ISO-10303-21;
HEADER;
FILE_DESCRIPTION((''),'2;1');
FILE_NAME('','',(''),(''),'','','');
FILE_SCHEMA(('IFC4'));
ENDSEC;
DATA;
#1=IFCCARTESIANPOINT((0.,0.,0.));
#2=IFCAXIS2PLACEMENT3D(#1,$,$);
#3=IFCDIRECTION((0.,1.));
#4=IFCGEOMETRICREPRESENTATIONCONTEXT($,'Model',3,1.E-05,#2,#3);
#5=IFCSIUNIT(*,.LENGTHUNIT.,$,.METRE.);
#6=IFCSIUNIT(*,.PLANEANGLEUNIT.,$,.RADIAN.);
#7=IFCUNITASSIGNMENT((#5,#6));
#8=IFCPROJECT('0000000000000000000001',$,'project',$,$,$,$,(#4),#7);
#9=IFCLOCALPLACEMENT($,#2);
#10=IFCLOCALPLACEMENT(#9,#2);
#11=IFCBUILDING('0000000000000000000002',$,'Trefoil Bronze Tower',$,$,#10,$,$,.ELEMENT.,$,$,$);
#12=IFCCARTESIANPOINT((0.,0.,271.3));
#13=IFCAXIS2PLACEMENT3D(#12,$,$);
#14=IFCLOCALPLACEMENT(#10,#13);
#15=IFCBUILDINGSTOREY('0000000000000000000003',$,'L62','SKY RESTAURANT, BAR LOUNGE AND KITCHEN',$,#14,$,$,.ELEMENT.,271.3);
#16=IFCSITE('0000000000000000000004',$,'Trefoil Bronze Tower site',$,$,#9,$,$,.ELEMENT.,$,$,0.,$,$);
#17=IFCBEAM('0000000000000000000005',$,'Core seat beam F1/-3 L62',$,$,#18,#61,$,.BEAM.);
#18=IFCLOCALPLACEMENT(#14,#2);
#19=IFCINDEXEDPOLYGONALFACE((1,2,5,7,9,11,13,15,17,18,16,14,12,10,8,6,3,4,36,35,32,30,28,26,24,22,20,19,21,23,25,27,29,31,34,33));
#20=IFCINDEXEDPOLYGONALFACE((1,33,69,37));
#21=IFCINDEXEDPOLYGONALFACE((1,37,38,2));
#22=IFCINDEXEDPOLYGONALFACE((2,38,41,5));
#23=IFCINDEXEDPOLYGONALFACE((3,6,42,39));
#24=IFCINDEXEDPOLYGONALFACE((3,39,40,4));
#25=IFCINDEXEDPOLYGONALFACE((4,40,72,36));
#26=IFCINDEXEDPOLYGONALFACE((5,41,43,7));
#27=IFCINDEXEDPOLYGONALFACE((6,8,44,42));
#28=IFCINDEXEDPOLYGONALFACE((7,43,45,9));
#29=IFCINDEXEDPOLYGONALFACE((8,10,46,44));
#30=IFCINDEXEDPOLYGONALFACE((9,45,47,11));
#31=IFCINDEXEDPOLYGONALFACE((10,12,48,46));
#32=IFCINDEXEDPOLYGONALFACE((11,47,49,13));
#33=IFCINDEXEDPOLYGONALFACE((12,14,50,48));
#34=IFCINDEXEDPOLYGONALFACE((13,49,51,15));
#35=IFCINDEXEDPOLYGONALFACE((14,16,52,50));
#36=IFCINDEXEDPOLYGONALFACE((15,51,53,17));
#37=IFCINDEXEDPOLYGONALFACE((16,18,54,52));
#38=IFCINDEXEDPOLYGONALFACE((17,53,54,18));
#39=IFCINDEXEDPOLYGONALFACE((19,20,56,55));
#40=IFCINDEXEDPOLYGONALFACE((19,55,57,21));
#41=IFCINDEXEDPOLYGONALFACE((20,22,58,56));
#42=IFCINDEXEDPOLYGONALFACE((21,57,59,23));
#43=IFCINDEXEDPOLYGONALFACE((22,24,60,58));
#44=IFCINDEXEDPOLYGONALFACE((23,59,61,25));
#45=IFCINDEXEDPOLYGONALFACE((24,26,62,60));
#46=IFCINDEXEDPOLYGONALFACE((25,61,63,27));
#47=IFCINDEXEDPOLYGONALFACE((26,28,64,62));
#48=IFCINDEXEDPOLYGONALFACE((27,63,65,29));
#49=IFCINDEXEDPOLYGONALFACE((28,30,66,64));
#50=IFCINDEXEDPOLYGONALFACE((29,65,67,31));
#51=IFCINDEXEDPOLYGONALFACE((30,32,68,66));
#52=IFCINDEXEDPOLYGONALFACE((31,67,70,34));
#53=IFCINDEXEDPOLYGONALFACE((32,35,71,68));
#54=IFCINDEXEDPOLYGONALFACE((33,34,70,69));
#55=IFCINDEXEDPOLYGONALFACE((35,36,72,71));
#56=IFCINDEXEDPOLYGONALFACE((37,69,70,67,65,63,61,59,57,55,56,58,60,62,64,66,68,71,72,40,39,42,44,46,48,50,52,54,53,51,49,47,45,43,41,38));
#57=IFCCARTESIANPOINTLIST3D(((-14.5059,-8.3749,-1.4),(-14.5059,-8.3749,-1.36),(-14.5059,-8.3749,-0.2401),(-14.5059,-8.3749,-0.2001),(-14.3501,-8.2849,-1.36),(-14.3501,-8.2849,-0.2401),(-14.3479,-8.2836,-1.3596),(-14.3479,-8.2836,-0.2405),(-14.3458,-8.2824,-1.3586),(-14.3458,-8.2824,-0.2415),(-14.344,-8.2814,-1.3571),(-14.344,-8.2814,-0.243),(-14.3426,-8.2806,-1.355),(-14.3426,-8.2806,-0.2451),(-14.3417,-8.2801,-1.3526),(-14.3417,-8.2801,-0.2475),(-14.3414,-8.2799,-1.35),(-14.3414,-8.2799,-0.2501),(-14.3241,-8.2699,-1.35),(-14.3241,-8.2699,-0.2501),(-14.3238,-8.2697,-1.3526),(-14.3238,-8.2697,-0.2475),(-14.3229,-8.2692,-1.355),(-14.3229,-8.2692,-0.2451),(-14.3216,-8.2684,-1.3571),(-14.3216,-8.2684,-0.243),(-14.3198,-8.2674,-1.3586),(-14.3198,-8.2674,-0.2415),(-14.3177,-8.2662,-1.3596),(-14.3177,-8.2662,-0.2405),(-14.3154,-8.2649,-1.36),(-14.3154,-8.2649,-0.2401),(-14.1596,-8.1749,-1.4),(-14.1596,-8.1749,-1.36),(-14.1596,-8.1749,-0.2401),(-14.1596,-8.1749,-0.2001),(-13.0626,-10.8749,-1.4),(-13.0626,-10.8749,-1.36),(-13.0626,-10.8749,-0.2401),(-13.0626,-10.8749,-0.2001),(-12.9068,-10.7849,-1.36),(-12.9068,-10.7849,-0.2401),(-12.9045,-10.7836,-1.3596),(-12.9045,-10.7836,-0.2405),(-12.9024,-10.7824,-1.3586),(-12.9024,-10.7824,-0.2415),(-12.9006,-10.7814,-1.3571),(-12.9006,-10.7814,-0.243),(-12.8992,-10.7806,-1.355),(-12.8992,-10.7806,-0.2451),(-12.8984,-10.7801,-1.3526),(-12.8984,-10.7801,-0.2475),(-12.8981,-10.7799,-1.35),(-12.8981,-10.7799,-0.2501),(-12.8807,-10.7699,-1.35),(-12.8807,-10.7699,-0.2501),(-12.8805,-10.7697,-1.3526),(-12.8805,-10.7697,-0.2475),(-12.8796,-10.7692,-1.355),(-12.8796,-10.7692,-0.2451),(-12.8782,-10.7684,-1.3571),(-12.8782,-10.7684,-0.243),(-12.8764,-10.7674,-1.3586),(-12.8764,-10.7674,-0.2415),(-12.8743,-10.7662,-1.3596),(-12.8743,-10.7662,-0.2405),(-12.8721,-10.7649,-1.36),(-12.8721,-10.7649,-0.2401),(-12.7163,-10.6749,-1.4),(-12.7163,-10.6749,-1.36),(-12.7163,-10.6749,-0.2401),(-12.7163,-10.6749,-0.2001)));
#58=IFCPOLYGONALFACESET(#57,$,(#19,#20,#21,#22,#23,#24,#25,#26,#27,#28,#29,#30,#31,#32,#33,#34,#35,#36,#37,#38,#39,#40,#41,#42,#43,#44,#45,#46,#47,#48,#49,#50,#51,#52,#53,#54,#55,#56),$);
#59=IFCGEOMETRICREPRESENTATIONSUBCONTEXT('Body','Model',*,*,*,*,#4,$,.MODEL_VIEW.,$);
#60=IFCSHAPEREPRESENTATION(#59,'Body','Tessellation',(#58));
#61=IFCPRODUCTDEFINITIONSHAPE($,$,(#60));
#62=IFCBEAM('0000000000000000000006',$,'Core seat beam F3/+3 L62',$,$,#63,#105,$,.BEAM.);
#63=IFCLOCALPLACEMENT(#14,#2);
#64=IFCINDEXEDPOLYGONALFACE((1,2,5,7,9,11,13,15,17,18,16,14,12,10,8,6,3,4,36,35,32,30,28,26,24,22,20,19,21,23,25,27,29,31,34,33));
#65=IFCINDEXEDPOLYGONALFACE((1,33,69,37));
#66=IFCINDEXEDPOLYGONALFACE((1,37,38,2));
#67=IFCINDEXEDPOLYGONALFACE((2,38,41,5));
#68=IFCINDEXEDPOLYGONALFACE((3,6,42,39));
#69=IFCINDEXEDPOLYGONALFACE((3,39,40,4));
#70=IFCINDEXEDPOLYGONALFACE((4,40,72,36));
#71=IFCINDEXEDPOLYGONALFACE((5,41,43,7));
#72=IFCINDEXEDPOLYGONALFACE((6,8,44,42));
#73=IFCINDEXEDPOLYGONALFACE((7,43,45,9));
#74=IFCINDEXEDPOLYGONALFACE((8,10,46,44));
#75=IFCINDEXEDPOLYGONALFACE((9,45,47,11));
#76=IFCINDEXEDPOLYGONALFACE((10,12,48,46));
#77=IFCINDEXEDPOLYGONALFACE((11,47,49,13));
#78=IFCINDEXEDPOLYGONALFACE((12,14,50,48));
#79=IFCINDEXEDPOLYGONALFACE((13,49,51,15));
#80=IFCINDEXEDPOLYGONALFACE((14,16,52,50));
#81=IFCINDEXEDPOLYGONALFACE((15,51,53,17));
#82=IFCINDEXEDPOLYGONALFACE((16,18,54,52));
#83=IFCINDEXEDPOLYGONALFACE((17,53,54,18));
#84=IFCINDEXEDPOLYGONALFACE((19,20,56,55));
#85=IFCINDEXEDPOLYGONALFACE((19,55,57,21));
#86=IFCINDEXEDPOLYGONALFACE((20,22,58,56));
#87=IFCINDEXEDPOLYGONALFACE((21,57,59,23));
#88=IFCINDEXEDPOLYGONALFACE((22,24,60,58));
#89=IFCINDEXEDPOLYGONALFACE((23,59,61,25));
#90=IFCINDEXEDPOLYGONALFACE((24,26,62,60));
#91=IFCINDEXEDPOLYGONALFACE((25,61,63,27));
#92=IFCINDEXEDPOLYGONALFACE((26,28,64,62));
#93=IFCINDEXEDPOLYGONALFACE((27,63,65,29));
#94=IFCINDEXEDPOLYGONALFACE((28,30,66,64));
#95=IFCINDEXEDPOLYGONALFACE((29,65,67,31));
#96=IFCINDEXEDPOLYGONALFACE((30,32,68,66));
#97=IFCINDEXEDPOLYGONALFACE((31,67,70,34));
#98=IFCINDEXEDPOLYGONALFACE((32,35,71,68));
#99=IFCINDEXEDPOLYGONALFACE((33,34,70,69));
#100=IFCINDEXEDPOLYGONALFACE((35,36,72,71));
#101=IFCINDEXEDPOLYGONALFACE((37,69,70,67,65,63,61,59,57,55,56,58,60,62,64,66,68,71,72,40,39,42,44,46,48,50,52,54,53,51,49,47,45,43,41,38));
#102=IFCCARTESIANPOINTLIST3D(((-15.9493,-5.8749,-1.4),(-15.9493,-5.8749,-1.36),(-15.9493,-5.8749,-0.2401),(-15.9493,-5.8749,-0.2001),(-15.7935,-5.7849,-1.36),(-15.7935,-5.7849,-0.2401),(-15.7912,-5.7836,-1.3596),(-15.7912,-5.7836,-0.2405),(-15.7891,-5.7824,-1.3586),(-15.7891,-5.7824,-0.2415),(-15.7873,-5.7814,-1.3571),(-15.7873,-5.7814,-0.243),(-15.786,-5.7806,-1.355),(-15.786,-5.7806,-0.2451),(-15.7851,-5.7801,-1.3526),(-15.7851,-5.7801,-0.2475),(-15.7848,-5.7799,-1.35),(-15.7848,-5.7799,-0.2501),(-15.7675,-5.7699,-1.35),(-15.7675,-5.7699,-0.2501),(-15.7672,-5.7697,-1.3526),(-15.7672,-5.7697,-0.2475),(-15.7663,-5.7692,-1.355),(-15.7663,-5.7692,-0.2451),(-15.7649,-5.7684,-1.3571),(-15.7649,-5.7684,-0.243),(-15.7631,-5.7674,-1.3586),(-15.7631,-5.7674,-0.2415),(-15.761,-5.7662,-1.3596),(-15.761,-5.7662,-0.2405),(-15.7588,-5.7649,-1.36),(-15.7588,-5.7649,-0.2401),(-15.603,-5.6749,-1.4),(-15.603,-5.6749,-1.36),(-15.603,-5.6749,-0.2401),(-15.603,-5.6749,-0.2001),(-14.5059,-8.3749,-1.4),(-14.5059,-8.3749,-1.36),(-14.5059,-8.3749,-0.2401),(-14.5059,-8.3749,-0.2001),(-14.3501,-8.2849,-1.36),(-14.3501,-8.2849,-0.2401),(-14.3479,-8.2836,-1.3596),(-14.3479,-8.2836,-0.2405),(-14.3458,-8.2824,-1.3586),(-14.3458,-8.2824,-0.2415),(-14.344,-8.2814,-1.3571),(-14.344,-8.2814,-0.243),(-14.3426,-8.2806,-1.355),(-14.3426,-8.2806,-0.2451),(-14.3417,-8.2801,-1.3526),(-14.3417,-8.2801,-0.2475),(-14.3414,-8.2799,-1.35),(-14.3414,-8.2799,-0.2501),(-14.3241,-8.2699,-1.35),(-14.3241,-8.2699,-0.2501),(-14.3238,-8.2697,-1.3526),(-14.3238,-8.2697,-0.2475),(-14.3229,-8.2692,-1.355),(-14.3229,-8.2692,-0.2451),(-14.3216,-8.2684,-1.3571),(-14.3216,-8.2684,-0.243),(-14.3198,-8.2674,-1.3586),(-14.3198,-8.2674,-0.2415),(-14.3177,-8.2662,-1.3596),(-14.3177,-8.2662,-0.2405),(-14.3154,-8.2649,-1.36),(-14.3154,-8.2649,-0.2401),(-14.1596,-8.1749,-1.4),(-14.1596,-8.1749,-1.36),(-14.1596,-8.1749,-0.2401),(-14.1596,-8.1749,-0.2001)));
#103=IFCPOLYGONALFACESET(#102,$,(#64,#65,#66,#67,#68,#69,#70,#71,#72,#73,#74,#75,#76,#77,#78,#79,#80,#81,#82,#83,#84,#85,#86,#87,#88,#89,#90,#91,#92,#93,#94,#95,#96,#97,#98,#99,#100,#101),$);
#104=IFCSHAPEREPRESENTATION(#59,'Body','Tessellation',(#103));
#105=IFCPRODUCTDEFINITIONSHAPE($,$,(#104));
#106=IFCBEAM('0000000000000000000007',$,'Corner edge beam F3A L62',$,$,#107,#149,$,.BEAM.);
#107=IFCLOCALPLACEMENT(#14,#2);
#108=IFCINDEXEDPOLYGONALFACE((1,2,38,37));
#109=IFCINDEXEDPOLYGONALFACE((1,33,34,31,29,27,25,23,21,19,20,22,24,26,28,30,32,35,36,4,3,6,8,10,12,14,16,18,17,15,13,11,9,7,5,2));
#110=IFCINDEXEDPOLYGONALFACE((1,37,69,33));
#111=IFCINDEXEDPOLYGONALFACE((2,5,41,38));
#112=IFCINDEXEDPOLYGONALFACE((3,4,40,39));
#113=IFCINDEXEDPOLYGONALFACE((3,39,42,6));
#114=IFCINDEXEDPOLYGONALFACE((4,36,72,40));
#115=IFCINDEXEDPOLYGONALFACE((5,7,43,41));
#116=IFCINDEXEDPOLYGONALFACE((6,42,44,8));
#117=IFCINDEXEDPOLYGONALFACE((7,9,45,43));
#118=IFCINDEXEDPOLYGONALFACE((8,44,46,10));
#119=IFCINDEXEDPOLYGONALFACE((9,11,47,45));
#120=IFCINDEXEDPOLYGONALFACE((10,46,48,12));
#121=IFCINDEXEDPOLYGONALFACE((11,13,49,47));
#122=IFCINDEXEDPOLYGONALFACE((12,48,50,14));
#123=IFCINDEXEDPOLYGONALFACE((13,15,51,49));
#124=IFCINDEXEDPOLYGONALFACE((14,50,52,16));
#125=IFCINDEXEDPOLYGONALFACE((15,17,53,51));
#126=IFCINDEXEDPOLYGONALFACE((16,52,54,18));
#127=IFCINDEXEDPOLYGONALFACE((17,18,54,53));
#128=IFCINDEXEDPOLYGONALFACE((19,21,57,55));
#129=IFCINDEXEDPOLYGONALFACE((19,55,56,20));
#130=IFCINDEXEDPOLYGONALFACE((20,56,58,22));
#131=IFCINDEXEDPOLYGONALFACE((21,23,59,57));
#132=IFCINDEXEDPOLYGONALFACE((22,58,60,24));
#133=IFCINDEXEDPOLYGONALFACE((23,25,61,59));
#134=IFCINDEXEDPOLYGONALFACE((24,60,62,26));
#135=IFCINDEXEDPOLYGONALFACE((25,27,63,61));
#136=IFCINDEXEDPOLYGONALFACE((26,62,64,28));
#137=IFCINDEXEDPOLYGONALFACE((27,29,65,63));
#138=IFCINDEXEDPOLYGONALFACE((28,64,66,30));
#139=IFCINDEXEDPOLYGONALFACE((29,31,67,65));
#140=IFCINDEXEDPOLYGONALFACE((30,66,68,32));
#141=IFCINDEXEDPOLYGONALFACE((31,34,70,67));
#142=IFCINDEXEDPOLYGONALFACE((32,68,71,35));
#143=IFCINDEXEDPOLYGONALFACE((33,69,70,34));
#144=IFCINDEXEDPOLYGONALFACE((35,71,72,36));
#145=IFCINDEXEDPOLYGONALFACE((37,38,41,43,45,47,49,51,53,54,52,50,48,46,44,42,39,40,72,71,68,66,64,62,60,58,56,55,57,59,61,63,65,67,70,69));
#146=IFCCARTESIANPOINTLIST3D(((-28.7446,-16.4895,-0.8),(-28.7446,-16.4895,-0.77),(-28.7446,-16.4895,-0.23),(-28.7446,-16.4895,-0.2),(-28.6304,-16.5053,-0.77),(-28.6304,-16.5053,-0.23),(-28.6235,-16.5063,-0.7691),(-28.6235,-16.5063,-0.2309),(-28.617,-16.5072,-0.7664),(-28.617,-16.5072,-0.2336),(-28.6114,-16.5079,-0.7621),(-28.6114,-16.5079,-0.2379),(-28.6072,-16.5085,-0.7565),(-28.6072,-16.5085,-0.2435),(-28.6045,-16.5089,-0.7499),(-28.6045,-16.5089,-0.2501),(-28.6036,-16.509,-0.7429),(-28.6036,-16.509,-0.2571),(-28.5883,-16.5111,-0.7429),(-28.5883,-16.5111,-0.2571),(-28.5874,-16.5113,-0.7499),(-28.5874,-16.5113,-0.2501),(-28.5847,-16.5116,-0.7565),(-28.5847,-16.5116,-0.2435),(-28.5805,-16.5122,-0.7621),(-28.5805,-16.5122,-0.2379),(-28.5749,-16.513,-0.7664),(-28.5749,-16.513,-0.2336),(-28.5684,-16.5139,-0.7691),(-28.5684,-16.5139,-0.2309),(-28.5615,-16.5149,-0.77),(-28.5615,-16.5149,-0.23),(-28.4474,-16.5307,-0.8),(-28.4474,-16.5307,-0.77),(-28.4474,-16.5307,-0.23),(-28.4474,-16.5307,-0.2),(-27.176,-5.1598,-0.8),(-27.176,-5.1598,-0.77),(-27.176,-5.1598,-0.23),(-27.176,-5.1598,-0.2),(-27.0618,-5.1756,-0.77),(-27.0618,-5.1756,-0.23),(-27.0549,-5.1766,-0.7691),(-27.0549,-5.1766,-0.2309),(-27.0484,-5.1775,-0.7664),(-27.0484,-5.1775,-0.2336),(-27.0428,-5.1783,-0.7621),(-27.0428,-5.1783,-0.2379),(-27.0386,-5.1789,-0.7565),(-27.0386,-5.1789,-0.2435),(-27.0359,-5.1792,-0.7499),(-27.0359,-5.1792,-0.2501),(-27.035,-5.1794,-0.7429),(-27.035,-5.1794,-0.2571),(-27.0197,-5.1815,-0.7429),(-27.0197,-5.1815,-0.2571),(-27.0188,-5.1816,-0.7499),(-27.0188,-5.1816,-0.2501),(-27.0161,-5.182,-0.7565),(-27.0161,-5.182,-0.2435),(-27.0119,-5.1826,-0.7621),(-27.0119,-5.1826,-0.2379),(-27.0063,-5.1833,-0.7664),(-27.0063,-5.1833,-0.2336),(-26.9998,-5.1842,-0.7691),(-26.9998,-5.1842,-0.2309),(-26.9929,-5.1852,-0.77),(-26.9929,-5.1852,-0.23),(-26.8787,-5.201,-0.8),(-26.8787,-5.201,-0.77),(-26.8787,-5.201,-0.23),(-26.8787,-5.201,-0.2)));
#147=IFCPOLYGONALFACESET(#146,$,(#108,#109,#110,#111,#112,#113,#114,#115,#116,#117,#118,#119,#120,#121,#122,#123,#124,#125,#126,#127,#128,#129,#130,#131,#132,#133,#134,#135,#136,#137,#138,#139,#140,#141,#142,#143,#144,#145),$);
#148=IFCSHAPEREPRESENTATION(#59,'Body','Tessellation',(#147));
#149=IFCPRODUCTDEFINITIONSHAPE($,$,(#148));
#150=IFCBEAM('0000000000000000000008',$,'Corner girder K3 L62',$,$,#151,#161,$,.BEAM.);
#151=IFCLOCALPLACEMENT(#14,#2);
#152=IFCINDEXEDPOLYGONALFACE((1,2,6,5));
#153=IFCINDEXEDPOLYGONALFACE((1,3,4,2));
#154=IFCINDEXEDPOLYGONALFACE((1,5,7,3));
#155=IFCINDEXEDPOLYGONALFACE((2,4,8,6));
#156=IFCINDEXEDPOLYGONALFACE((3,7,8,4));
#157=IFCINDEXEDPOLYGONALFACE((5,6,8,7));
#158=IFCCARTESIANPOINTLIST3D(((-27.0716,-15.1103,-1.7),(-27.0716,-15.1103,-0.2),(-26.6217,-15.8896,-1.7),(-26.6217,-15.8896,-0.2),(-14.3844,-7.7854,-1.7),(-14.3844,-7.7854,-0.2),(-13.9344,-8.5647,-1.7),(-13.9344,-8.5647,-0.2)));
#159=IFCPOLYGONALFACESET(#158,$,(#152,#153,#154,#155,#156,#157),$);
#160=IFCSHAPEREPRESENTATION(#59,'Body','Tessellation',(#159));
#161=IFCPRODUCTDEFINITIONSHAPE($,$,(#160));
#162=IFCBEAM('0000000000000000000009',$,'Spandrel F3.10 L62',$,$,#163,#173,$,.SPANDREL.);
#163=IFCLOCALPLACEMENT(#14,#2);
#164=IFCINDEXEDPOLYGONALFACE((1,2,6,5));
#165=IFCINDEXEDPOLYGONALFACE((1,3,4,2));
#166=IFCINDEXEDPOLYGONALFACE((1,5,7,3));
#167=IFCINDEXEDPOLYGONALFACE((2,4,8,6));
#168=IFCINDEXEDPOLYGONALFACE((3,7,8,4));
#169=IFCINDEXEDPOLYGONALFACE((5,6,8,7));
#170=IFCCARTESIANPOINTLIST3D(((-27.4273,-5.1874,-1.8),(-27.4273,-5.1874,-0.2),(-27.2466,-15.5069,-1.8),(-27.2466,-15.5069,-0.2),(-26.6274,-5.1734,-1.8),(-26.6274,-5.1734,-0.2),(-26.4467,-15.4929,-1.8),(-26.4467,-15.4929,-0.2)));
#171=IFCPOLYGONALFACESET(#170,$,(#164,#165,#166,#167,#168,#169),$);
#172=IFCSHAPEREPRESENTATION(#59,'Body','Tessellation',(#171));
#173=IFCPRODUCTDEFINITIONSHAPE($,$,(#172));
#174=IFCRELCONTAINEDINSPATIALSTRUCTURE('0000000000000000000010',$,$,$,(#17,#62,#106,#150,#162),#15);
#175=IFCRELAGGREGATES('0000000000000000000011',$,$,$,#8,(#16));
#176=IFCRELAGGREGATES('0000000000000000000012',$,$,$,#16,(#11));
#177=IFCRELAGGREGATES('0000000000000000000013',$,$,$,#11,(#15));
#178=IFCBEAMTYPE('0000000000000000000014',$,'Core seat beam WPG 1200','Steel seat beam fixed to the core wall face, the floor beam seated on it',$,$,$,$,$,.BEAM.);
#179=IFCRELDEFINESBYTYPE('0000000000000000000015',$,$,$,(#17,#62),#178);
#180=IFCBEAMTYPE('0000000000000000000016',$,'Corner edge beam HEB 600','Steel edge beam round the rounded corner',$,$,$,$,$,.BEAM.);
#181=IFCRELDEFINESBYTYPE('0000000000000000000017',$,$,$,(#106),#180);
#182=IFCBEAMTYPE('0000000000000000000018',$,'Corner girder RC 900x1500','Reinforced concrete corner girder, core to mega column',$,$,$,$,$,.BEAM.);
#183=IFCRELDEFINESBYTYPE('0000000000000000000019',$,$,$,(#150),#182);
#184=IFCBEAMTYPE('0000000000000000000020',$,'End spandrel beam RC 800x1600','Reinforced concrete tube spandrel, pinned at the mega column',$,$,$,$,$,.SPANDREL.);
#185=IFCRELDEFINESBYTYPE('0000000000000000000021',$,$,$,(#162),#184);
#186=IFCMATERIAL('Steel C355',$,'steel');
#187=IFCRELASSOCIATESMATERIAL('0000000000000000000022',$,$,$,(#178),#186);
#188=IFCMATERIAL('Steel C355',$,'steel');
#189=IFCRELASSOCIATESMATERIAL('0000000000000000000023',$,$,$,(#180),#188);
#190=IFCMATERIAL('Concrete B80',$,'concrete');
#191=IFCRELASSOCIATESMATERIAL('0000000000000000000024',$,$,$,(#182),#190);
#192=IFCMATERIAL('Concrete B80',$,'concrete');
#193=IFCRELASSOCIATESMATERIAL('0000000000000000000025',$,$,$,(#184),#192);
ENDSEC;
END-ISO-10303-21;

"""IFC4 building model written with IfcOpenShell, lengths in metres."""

from ifc_helpers import new_model, si_unit, direction, frame, origin, origin_2d, place, context, subcontext, project, spatial, rectangle, i_section, extrude, material, material_profile, profile_set, type_object, element, save


model = new_model("IFC4")

# Units and contexts
model_context = context("Model", 3, precision=1e-05, world=origin(), true_north=direction((0.0, 1.0)))
body_context = subcontext(model_context, "Body", "Model", "MODEL_VIEW")
ifc_project = project(units=[si_unit("LENGTHUNIT", "METRE"), si_unit("PLANEANGLEUNIT", "RADIAN")], contexts=[model_context])

# Site, building, storey
site_placement = place(None, origin())
site = spatial("IfcSite", under=ifc_project, at=site_placement, Name="Trefoil Bronze Tower site", CompositionType="ELEMENT", RefElevation=0.0)
building_placement = place(site_placement, origin())
building = spatial("IfcBuilding", under=site, at=building_placement, Name="Trefoil Bronze Tower", CompositionType="ELEMENT")
storey_placement = place(building_placement, frame((0.0, 0.0, 271.3)))
storey = spatial("IfcBuildingStorey", under=building, at=storey_placement, Name="L62", Description="SKY RESTAURANT, BAR LOUNGE AND KITCHEN", CompositionType="ELEMENT", Elevation=271.3)

# Beams
ifc_material_1 = material(Name="Steel C355", Category="steel")
ifc_material_profile_1 = material_profile(ifc_material_1, i_section(OverallWidth=0.3999, OverallDepth=1.2, WebThickness=0.02, FlangeThickness=0.04, FilletRadius=0.01, at=origin_2d()), Name="WPG 1200")
ifc_profile_set_1 = profile_set([ifc_material_profile_1], Name="Steel C355")
beam_type_1 = type_object("IfcBeamType", Name="Core seat beam WPG 1200", Description="Steel seat beam fixed to the core wall face, the floor beam seated on it", PredefinedType="BEAM", material=ifc_profile_set_1)
for number, where, z_axis, x_axis, name in (
    (1, (-14.3328, -8.2749, -0.8), (0.499996, -0.866028, 0.0), (0.866028, 0.499996, 0.0), "Core seat beam F1/-3 L62"),
    (2, (-15.7761, -5.7749, -0.8), (0.499996, -0.866028, 0.0), (0.866028, 0.499996, 0.0), "Core seat beam F3/+3 L62"),
):
    element("IfcBeam", number, at=place(storey_placement, frame(where, z_axis=z_axis, x_axis=x_axis)), inside=storey, type_object=beam_type_1, Name=name, PredefinedType="BEAM", context=body_context, shape_type="SweptSolid", body=[
        extrude(i_section(OverallWidth=0.3999, OverallDepth=1.2, WebThickness=0.02, FlangeThickness=0.04, FilletRadius=0.01, at=origin_2d()), origin(), (0.0, 0.0, 1.0), 2.8867),
    ])
ifc_material_2 = material(Name="Steel C355", Category="steel")
ifc_material_profile_2 = material_profile(ifc_material_2, i_section(OverallWidth=0.3, OverallDepth=0.6001, WebThickness=0.0154, FlangeThickness=0.03, FilletRadius=0.0271, at=origin_2d()), Name="HEB 600")
ifc_profile_set_2 = profile_set([ifc_material_profile_2], Name="Steel C355")
beam_type_2 = type_object("IfcBeamType", Name="Corner edge beam HEB 600", Description="Steel edge beam round the rounded corner", PredefinedType="BEAM", material=ifc_profile_set_2)
beam_1_placement = place(storey_placement, frame((-27.0273, -5.1804, -0.5), z_axis=(-0.137144, -0.990551, 0.0), x_axis=(0.990551, -0.137144, 0.0)))
element("IfcBeam", 3, at=beam_1_placement, inside=storey, type_object=beam_type_2, Name="Corner edge beam F3A L62", PredefinedType="BEAM", context=body_context, shape_type="SweptSolid", body=[
    extrude(i_section(OverallWidth=0.3, OverallDepth=0.6001, WebThickness=0.0154, FlangeThickness=0.03, FilletRadius=0.0271, at=origin_2d()), origin(), (0.0, 0.0, 1.0), 11.4377),
])
ifc_material_3 = material(Name="Concrete B80", Category="concrete")
ifc_material_profile_3 = material_profile(ifc_material_3, rectangle(XDim=0.8999, YDim=1.5, at=origin_2d()), Name="RC 900x1500")
ifc_profile_set_3 = profile_set([ifc_material_profile_3], Name="Concrete B80")
beam_type_3 = type_object("IfcBeamType", Name="Corner girder RC 900x1500", Description="Reinforced concrete corner girder, core to mega column", PredefinedType="BEAM", material=ifc_profile_set_3)
beam_2_placement = place(storey_placement, frame((-14.1594, -8.175, -0.95), z_axis=(-0.866027, -0.499998, 0.0), x_axis=(0.499998, -0.866027, 0.0)))
element("IfcBeam", 4, at=beam_2_placement, inside=storey, type_object=beam_type_3, Name="Corner girder K3 L62", PredefinedType="BEAM", context=body_context, shape_type="SweptSolid", body=[
    extrude(rectangle(XDim=0.8999, YDim=1.5, at=origin_2d()), origin(), (0.0, 0.0, 1.0), 14.6499),
])
ifc_material_4 = material(Name="Concrete B80", Category="concrete")
ifc_material_profile_4 = material_profile(ifc_material_4, rectangle(XDim=0.8, YDim=1.6001, at=origin_2d()), Name="RC 800x1600")
ifc_profile_set_4 = profile_set([ifc_material_profile_4], Name="Concrete B80")
beam_type_4 = type_object("IfcBeamType", Name="End spandrel beam RC 800x1600", Description="Reinforced concrete tube spandrel, pinned at the mega column", PredefinedType="SPANDREL", material=ifc_profile_set_4)
beam_3_placement = place(storey_placement, frame((-27.0273, -5.1804, -1.0), z_axis=(0.017504, -0.999847, 0.0), x_axis=(0.999847, 0.017504, 0.0)))
element("IfcBeam", 5, at=beam_3_placement, inside=storey, type_object=beam_type_4, Name="Spandrel F3.10 L62", PredefinedType="SPANDREL", context=body_context, shape_type="SweptSolid", body=[
    extrude(rectangle(XDim=0.8, YDim=1.6001, at=origin_2d()), origin(), (0.0, 0.0, 1.0), 10.321),
])

save(model, "model.ifc")
